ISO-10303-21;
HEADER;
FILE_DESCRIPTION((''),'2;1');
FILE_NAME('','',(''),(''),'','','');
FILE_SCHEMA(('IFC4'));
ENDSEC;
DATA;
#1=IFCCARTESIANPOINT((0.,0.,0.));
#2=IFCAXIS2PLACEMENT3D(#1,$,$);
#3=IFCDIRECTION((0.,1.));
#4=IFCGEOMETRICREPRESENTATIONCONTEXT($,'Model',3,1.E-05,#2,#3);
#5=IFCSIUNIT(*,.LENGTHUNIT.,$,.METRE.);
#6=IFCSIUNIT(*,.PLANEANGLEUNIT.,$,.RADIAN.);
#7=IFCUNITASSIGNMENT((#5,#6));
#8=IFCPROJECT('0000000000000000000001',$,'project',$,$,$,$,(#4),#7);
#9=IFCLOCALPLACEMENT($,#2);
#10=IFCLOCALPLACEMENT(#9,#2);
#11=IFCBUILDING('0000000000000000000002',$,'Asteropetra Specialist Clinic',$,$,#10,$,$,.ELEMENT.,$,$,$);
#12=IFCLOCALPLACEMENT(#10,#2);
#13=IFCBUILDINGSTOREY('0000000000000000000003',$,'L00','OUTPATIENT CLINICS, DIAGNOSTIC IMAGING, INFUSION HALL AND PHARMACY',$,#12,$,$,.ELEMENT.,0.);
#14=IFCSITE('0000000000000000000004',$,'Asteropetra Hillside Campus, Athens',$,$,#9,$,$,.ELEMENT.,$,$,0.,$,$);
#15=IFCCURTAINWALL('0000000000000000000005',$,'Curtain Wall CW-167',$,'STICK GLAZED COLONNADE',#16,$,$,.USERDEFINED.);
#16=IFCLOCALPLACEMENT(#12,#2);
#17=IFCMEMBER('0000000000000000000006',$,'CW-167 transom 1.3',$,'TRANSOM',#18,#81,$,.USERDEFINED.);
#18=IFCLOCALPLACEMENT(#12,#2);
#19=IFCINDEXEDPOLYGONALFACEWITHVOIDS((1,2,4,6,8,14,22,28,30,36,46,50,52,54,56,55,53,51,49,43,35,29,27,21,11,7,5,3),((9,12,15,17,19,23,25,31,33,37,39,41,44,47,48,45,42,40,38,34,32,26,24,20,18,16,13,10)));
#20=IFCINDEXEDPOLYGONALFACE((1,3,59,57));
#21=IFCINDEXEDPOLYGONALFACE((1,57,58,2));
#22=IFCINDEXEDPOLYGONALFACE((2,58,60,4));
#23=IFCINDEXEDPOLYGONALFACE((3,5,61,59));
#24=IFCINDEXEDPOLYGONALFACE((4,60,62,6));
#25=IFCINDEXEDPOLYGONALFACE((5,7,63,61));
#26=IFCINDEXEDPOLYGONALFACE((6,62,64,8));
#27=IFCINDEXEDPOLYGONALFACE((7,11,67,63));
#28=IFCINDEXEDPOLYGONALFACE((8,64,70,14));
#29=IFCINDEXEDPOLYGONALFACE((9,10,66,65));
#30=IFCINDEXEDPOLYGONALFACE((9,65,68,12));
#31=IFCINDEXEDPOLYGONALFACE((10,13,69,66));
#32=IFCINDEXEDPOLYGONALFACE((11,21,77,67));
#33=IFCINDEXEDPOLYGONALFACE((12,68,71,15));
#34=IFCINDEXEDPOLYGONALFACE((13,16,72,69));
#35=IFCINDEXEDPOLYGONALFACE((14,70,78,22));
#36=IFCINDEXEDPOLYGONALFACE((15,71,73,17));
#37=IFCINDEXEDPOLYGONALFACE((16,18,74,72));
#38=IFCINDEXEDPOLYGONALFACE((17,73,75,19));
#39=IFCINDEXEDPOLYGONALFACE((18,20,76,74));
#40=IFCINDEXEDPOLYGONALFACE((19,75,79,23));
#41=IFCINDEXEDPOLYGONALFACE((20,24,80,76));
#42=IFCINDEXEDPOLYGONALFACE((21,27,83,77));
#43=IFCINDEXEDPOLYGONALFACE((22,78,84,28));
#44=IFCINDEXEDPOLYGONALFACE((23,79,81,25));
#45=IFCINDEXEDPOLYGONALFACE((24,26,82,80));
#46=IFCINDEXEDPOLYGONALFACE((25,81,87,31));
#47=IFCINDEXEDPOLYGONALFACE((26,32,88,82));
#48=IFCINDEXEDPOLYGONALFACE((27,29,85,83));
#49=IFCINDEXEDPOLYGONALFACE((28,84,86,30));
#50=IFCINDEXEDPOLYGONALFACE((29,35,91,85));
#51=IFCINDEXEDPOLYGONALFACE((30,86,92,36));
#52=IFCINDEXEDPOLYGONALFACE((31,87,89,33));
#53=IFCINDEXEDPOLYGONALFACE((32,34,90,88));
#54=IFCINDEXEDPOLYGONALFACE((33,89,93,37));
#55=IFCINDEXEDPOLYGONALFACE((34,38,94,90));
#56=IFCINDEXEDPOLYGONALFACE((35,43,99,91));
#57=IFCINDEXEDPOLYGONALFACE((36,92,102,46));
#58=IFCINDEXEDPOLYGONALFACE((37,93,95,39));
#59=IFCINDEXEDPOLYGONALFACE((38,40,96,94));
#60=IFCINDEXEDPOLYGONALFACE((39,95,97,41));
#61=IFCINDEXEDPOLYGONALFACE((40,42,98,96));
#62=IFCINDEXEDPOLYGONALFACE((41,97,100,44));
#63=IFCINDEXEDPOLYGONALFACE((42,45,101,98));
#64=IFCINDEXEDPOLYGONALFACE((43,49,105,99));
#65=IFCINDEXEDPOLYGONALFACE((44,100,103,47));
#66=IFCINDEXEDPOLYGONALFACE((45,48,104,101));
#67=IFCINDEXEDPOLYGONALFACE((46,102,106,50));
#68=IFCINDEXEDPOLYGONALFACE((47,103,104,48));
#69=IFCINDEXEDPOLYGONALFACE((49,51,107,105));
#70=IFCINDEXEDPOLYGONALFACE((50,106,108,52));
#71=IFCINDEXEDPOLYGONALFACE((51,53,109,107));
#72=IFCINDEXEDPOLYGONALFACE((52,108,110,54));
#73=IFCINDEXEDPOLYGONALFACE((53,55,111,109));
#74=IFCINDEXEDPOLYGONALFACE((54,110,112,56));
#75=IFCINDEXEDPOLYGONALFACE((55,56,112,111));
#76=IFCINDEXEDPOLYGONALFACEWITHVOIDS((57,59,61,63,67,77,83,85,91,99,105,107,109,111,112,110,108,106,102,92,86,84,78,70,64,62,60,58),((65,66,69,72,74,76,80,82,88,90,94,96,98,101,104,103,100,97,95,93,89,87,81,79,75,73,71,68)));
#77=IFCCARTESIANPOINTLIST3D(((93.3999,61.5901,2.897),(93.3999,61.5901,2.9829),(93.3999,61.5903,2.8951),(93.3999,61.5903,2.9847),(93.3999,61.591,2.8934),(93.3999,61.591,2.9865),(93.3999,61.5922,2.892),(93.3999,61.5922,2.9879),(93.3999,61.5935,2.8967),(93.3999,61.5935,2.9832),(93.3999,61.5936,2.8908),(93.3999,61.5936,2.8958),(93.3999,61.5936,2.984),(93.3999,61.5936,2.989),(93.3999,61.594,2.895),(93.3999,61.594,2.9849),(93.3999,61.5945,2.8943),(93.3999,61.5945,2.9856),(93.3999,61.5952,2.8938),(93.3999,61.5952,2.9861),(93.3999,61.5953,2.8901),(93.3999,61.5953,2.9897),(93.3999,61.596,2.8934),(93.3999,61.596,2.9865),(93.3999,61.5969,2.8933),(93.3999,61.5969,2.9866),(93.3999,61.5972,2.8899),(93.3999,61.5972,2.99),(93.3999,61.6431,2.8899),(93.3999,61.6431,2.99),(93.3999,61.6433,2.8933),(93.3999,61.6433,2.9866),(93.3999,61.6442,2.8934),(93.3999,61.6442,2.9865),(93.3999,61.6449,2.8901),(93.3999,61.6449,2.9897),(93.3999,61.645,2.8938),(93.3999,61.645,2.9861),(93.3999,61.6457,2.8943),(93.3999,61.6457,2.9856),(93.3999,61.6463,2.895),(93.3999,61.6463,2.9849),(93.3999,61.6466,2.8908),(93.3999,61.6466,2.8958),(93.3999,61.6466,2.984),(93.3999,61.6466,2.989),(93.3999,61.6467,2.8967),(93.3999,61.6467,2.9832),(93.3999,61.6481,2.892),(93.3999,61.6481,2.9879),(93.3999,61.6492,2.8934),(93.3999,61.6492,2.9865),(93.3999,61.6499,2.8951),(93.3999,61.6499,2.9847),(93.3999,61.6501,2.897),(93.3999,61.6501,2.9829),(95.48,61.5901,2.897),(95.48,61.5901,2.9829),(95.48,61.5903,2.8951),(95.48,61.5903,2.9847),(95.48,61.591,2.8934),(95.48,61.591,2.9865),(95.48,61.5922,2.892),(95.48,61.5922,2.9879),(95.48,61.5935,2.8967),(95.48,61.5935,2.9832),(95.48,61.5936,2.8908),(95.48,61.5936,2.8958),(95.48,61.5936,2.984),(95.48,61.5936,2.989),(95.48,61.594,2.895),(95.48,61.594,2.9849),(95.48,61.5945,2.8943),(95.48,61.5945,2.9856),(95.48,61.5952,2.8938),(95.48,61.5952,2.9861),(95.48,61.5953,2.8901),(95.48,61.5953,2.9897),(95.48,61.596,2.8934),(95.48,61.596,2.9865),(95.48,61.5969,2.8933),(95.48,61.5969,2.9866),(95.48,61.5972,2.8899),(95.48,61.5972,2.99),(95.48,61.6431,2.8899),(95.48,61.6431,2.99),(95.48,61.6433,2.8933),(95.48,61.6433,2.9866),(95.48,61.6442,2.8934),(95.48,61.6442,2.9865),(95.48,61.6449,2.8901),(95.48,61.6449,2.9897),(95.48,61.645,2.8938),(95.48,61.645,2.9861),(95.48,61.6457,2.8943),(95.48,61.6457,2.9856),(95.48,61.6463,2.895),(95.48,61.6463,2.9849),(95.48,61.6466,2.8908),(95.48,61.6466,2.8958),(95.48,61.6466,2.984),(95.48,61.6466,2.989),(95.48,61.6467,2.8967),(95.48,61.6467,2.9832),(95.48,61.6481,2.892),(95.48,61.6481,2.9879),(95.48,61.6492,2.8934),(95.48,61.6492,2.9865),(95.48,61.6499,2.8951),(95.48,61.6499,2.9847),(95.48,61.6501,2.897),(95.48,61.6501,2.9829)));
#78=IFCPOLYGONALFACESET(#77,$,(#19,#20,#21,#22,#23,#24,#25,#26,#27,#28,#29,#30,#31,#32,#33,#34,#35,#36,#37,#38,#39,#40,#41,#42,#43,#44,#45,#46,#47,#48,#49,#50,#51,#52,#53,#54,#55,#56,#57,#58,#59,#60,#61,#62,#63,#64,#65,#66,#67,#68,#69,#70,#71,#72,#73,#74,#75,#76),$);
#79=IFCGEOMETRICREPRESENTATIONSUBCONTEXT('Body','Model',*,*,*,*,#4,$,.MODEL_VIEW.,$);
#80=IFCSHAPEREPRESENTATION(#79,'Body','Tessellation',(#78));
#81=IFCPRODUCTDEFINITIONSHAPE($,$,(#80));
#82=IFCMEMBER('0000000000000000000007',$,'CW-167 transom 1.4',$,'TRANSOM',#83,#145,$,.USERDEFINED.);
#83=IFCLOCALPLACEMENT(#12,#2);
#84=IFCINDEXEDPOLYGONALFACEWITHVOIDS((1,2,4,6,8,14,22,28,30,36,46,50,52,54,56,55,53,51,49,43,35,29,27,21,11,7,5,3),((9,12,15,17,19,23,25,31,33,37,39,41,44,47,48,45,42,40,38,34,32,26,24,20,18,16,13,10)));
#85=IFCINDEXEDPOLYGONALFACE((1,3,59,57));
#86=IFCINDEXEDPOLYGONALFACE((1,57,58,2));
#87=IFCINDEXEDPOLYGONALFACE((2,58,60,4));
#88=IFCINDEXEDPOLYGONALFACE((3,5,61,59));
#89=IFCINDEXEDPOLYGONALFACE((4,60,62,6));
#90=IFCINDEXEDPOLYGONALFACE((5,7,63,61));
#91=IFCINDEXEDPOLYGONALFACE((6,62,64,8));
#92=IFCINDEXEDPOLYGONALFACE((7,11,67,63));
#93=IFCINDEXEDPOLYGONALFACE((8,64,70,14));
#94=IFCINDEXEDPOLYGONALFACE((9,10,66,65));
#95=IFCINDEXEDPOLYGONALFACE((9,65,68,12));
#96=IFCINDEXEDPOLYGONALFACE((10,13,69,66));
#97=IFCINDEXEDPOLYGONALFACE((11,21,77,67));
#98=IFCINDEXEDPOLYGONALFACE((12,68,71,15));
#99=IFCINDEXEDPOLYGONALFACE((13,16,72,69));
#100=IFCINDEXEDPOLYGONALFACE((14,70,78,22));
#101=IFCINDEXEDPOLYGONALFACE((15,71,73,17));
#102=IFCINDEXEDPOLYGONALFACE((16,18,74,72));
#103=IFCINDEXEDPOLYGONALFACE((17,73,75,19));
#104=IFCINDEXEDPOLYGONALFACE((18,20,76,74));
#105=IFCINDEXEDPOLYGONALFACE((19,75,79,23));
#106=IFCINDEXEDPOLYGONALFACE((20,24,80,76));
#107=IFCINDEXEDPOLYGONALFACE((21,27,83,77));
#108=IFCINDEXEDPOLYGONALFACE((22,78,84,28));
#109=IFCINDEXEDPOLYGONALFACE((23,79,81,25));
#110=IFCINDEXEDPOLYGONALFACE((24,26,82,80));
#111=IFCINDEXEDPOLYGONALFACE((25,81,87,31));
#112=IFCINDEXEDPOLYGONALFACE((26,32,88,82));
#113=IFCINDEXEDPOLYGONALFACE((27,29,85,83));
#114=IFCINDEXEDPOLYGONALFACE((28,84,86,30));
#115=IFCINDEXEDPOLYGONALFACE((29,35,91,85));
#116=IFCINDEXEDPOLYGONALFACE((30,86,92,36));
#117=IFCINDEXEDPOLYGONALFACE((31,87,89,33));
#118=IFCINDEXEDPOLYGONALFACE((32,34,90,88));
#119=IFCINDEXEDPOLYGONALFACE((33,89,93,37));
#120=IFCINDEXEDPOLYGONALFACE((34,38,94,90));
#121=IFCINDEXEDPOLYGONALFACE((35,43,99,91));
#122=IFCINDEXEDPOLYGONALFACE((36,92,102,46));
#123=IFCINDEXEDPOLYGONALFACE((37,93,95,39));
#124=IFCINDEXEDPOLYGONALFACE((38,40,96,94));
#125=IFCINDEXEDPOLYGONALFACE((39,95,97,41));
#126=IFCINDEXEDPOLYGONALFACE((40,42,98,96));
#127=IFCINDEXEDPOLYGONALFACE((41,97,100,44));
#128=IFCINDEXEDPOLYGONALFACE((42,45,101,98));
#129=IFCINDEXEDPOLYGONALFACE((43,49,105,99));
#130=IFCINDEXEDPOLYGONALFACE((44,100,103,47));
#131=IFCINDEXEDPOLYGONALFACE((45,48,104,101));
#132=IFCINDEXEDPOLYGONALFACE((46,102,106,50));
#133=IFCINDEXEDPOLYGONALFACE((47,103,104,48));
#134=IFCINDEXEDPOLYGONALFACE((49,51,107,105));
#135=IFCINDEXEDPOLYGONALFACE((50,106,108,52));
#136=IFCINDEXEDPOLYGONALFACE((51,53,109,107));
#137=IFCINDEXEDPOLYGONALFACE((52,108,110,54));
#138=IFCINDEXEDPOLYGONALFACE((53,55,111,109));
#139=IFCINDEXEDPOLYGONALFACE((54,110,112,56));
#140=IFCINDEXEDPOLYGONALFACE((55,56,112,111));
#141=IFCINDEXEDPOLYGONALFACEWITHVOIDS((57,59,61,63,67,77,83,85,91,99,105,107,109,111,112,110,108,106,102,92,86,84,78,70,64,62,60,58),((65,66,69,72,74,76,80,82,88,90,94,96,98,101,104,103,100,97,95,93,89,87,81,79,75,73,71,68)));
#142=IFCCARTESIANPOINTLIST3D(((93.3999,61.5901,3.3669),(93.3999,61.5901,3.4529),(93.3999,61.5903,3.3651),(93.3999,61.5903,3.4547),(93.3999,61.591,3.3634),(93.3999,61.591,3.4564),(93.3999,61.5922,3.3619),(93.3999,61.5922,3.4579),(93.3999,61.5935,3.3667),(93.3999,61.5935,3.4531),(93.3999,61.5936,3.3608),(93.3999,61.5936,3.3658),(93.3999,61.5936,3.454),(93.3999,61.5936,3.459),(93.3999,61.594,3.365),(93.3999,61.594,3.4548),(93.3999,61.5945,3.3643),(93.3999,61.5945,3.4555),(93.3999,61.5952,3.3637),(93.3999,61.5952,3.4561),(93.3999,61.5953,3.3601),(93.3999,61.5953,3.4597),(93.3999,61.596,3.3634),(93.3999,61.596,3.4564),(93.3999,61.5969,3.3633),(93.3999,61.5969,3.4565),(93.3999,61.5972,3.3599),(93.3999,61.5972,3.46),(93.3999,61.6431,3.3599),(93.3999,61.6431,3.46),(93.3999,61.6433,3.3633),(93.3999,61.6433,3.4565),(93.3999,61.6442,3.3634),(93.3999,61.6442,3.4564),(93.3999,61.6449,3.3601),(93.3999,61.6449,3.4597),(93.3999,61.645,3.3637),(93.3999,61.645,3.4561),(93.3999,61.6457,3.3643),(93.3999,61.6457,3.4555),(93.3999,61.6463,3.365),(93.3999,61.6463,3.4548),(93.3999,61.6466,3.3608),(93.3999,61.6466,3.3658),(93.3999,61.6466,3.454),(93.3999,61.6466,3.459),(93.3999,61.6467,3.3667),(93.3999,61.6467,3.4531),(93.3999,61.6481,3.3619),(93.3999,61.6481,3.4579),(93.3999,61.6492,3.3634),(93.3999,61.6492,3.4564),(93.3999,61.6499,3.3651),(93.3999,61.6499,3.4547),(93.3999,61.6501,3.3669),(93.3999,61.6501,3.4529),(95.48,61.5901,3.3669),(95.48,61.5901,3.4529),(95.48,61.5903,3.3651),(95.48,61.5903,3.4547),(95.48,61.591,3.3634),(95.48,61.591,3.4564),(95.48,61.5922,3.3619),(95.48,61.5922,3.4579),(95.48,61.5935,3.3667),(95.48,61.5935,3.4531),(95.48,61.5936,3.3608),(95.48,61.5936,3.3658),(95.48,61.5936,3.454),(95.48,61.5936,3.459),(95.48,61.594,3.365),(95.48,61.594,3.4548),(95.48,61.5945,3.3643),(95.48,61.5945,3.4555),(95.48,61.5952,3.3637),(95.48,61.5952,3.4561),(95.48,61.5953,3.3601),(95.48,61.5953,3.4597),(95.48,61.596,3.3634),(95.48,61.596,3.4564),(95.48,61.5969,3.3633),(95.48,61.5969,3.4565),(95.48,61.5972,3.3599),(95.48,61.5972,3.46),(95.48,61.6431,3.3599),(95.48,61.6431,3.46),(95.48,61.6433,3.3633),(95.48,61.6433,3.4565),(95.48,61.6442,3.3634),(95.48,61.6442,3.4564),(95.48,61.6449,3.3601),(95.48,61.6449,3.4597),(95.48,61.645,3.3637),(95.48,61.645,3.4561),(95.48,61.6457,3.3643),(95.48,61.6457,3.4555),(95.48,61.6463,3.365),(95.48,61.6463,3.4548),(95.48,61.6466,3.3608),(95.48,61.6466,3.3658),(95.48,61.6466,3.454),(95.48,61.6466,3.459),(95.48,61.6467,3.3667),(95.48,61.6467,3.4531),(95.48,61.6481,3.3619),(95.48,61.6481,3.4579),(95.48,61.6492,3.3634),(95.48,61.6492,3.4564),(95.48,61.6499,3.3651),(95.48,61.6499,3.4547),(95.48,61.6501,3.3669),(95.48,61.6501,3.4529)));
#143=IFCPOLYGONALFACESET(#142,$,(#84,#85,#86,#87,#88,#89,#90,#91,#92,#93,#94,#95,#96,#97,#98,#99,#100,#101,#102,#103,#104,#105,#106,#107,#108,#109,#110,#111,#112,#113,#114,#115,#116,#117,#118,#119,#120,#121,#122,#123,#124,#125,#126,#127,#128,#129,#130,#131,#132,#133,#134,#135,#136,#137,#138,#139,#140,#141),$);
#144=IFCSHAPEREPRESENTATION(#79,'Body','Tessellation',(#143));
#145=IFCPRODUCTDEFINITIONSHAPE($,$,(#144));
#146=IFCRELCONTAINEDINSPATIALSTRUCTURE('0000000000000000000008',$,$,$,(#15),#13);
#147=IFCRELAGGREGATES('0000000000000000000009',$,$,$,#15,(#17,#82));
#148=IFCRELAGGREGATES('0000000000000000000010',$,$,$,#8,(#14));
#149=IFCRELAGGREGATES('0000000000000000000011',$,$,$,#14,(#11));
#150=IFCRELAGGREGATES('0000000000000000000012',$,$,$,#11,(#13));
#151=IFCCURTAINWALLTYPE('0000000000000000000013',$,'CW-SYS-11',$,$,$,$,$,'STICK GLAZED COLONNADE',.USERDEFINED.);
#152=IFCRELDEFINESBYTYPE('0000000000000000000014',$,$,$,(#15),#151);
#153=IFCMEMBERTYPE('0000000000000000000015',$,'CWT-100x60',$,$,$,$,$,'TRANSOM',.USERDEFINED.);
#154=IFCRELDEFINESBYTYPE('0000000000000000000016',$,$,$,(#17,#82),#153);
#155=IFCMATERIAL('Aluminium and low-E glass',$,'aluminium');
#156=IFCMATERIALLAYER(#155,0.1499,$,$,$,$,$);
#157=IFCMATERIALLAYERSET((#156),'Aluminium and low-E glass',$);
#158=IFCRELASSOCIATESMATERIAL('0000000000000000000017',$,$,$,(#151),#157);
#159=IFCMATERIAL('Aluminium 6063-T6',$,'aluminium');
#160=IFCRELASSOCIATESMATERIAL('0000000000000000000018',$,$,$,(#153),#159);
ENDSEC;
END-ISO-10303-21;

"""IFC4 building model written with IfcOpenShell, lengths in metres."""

from ifc_helpers import new_model, si_unit, direction, frame, origin, origin_2d, place, context, subcontext, project, spatial, hollow_rectangle, extrude, material, layer, layer_set, material_profile, profile_set, type_object, element, aggregate, save


model = new_model("IFC4")

# Units and contexts
model_context = context("Model", 3, precision=1e-05, world=origin(), true_north=direction((0.0, 1.0)))
body_context = subcontext(model_context, "Body", "Model", "MODEL_VIEW")
ifc_project = project(units=[si_unit("LENGTHUNIT", "METRE"), si_unit("PLANEANGLEUNIT", "RADIAN")], contexts=[model_context])

# Site, building, storey
site_placement = place(None, origin())
site = spatial("IfcSite", under=ifc_project, at=site_placement, Name="Asteropetra Hillside Campus, Athens", CompositionType="ELEMENT", RefElevation=0.0)
building_placement = place(site_placement, origin())
building = spatial("IfcBuilding", under=site, at=building_placement, Name="Asteropetra Specialist Clinic", CompositionType="ELEMENT")
storey_placement = place(building_placement, origin())
storey = spatial("IfcBuildingStorey", under=building, at=storey_placement, Name="L00", Description="OUTPATIENT CLINICS, DIAGNOSTIC IMAGING, INFUSION HALL AND PHARMACY", CompositionType="ELEMENT", Elevation=0.0)

# Curtain wall
ifc_material_1 = material(Name="Aluminium and low-E glass", Category="aluminium")
ifc_layer_1 = layer(ifc_material_1, 0.1499)
ifc_layer_set_1 = layer_set([ifc_layer_1], Name="Aluminium and low-E glass")
curtain_wall_type_1 = type_object("IfcCurtainWallType", Name="CW-SYS-11", ElementType="STICK GLAZED COLONNADE", PredefinedType="USERDEFINED", material=ifc_layer_set_1)
curtain_wall_1_placement = place(storey_placement, origin())
curtain_wall_1 = element("IfcCurtainWall", 1, at=curtain_wall_1_placement, inside=storey, type_object=curtain_wall_type_1, Name="Curtain Wall CW-167", ObjectType="STICK GLAZED COLONNADE", PredefinedType="USERDEFINED")

# Members
ifc_material_2 = material(Name="Aluminium 6063-T6", Category="aluminium")
ifc_material_profile_1 = material_profile(ifc_material_2, hollow_rectangle(XDim=0.0601, YDim=0.1001, WallThickness=0.0034, InnerFilletRadius=0.0034, OuterFilletRadius=0.0071, at=origin_2d()), Name="TRN 100x60x3.5")
ifc_profile_set_1 = profile_set([ifc_material_profile_1], Name="Aluminium 6063-T6")
member_type_1 = type_object("IfcMemberType", Name="CWT-100x60", ElementType="TRANSOM", PredefinedType="USERDEFINED", material=ifc_profile_set_1)
member_1_placement = place(storey_placement, frame((95.48, 61.6201, 2.9399), z_axis=(-1.0, 0.0, 0.0), x_axis=(0.0, -1.0, 0.0)))
member_1 = element("IfcMember", 2, at=member_1_placement, type_object=member_type_1, Name="CW-167 transom 1.3", ObjectType="TRANSOM", PredefinedType="USERDEFINED", context=body_context, shape_type="SweptSolid", body=[
    extrude(hollow_rectangle(XDim=0.0601, YDim=0.1001, WallThickness=0.0034, InnerFilletRadius=0.0034, OuterFilletRadius=0.0071, at=origin_2d()), origin(), (0.0, 0.0, 1.0), 2.0801),
])
member_2_placement = place(storey_placement, frame((95.48, 61.6201, 3.4099), z_axis=(-1.0, 0.0, 0.0), x_axis=(0.0, -1.0, 0.0)))
member_2 = element("IfcMember", 3, at=member_2_placement, type_object=member_type_1, Name="CW-167 transom 1.4", ObjectType="TRANSOM", PredefinedType="USERDEFINED", context=body_context, shape_type="SweptSolid", body=[
    extrude(hollow_rectangle(XDim=0.0601, YDim=0.1001, WallThickness=0.0034, InnerFilletRadius=0.0034, OuterFilletRadius=0.0071, at=origin_2d()), origin(), (0.0, 0.0, 1.0), 2.0801),
])

aggregate(curtain_wall_1, [member_1, member_2])

save(model, "model.ifc")
